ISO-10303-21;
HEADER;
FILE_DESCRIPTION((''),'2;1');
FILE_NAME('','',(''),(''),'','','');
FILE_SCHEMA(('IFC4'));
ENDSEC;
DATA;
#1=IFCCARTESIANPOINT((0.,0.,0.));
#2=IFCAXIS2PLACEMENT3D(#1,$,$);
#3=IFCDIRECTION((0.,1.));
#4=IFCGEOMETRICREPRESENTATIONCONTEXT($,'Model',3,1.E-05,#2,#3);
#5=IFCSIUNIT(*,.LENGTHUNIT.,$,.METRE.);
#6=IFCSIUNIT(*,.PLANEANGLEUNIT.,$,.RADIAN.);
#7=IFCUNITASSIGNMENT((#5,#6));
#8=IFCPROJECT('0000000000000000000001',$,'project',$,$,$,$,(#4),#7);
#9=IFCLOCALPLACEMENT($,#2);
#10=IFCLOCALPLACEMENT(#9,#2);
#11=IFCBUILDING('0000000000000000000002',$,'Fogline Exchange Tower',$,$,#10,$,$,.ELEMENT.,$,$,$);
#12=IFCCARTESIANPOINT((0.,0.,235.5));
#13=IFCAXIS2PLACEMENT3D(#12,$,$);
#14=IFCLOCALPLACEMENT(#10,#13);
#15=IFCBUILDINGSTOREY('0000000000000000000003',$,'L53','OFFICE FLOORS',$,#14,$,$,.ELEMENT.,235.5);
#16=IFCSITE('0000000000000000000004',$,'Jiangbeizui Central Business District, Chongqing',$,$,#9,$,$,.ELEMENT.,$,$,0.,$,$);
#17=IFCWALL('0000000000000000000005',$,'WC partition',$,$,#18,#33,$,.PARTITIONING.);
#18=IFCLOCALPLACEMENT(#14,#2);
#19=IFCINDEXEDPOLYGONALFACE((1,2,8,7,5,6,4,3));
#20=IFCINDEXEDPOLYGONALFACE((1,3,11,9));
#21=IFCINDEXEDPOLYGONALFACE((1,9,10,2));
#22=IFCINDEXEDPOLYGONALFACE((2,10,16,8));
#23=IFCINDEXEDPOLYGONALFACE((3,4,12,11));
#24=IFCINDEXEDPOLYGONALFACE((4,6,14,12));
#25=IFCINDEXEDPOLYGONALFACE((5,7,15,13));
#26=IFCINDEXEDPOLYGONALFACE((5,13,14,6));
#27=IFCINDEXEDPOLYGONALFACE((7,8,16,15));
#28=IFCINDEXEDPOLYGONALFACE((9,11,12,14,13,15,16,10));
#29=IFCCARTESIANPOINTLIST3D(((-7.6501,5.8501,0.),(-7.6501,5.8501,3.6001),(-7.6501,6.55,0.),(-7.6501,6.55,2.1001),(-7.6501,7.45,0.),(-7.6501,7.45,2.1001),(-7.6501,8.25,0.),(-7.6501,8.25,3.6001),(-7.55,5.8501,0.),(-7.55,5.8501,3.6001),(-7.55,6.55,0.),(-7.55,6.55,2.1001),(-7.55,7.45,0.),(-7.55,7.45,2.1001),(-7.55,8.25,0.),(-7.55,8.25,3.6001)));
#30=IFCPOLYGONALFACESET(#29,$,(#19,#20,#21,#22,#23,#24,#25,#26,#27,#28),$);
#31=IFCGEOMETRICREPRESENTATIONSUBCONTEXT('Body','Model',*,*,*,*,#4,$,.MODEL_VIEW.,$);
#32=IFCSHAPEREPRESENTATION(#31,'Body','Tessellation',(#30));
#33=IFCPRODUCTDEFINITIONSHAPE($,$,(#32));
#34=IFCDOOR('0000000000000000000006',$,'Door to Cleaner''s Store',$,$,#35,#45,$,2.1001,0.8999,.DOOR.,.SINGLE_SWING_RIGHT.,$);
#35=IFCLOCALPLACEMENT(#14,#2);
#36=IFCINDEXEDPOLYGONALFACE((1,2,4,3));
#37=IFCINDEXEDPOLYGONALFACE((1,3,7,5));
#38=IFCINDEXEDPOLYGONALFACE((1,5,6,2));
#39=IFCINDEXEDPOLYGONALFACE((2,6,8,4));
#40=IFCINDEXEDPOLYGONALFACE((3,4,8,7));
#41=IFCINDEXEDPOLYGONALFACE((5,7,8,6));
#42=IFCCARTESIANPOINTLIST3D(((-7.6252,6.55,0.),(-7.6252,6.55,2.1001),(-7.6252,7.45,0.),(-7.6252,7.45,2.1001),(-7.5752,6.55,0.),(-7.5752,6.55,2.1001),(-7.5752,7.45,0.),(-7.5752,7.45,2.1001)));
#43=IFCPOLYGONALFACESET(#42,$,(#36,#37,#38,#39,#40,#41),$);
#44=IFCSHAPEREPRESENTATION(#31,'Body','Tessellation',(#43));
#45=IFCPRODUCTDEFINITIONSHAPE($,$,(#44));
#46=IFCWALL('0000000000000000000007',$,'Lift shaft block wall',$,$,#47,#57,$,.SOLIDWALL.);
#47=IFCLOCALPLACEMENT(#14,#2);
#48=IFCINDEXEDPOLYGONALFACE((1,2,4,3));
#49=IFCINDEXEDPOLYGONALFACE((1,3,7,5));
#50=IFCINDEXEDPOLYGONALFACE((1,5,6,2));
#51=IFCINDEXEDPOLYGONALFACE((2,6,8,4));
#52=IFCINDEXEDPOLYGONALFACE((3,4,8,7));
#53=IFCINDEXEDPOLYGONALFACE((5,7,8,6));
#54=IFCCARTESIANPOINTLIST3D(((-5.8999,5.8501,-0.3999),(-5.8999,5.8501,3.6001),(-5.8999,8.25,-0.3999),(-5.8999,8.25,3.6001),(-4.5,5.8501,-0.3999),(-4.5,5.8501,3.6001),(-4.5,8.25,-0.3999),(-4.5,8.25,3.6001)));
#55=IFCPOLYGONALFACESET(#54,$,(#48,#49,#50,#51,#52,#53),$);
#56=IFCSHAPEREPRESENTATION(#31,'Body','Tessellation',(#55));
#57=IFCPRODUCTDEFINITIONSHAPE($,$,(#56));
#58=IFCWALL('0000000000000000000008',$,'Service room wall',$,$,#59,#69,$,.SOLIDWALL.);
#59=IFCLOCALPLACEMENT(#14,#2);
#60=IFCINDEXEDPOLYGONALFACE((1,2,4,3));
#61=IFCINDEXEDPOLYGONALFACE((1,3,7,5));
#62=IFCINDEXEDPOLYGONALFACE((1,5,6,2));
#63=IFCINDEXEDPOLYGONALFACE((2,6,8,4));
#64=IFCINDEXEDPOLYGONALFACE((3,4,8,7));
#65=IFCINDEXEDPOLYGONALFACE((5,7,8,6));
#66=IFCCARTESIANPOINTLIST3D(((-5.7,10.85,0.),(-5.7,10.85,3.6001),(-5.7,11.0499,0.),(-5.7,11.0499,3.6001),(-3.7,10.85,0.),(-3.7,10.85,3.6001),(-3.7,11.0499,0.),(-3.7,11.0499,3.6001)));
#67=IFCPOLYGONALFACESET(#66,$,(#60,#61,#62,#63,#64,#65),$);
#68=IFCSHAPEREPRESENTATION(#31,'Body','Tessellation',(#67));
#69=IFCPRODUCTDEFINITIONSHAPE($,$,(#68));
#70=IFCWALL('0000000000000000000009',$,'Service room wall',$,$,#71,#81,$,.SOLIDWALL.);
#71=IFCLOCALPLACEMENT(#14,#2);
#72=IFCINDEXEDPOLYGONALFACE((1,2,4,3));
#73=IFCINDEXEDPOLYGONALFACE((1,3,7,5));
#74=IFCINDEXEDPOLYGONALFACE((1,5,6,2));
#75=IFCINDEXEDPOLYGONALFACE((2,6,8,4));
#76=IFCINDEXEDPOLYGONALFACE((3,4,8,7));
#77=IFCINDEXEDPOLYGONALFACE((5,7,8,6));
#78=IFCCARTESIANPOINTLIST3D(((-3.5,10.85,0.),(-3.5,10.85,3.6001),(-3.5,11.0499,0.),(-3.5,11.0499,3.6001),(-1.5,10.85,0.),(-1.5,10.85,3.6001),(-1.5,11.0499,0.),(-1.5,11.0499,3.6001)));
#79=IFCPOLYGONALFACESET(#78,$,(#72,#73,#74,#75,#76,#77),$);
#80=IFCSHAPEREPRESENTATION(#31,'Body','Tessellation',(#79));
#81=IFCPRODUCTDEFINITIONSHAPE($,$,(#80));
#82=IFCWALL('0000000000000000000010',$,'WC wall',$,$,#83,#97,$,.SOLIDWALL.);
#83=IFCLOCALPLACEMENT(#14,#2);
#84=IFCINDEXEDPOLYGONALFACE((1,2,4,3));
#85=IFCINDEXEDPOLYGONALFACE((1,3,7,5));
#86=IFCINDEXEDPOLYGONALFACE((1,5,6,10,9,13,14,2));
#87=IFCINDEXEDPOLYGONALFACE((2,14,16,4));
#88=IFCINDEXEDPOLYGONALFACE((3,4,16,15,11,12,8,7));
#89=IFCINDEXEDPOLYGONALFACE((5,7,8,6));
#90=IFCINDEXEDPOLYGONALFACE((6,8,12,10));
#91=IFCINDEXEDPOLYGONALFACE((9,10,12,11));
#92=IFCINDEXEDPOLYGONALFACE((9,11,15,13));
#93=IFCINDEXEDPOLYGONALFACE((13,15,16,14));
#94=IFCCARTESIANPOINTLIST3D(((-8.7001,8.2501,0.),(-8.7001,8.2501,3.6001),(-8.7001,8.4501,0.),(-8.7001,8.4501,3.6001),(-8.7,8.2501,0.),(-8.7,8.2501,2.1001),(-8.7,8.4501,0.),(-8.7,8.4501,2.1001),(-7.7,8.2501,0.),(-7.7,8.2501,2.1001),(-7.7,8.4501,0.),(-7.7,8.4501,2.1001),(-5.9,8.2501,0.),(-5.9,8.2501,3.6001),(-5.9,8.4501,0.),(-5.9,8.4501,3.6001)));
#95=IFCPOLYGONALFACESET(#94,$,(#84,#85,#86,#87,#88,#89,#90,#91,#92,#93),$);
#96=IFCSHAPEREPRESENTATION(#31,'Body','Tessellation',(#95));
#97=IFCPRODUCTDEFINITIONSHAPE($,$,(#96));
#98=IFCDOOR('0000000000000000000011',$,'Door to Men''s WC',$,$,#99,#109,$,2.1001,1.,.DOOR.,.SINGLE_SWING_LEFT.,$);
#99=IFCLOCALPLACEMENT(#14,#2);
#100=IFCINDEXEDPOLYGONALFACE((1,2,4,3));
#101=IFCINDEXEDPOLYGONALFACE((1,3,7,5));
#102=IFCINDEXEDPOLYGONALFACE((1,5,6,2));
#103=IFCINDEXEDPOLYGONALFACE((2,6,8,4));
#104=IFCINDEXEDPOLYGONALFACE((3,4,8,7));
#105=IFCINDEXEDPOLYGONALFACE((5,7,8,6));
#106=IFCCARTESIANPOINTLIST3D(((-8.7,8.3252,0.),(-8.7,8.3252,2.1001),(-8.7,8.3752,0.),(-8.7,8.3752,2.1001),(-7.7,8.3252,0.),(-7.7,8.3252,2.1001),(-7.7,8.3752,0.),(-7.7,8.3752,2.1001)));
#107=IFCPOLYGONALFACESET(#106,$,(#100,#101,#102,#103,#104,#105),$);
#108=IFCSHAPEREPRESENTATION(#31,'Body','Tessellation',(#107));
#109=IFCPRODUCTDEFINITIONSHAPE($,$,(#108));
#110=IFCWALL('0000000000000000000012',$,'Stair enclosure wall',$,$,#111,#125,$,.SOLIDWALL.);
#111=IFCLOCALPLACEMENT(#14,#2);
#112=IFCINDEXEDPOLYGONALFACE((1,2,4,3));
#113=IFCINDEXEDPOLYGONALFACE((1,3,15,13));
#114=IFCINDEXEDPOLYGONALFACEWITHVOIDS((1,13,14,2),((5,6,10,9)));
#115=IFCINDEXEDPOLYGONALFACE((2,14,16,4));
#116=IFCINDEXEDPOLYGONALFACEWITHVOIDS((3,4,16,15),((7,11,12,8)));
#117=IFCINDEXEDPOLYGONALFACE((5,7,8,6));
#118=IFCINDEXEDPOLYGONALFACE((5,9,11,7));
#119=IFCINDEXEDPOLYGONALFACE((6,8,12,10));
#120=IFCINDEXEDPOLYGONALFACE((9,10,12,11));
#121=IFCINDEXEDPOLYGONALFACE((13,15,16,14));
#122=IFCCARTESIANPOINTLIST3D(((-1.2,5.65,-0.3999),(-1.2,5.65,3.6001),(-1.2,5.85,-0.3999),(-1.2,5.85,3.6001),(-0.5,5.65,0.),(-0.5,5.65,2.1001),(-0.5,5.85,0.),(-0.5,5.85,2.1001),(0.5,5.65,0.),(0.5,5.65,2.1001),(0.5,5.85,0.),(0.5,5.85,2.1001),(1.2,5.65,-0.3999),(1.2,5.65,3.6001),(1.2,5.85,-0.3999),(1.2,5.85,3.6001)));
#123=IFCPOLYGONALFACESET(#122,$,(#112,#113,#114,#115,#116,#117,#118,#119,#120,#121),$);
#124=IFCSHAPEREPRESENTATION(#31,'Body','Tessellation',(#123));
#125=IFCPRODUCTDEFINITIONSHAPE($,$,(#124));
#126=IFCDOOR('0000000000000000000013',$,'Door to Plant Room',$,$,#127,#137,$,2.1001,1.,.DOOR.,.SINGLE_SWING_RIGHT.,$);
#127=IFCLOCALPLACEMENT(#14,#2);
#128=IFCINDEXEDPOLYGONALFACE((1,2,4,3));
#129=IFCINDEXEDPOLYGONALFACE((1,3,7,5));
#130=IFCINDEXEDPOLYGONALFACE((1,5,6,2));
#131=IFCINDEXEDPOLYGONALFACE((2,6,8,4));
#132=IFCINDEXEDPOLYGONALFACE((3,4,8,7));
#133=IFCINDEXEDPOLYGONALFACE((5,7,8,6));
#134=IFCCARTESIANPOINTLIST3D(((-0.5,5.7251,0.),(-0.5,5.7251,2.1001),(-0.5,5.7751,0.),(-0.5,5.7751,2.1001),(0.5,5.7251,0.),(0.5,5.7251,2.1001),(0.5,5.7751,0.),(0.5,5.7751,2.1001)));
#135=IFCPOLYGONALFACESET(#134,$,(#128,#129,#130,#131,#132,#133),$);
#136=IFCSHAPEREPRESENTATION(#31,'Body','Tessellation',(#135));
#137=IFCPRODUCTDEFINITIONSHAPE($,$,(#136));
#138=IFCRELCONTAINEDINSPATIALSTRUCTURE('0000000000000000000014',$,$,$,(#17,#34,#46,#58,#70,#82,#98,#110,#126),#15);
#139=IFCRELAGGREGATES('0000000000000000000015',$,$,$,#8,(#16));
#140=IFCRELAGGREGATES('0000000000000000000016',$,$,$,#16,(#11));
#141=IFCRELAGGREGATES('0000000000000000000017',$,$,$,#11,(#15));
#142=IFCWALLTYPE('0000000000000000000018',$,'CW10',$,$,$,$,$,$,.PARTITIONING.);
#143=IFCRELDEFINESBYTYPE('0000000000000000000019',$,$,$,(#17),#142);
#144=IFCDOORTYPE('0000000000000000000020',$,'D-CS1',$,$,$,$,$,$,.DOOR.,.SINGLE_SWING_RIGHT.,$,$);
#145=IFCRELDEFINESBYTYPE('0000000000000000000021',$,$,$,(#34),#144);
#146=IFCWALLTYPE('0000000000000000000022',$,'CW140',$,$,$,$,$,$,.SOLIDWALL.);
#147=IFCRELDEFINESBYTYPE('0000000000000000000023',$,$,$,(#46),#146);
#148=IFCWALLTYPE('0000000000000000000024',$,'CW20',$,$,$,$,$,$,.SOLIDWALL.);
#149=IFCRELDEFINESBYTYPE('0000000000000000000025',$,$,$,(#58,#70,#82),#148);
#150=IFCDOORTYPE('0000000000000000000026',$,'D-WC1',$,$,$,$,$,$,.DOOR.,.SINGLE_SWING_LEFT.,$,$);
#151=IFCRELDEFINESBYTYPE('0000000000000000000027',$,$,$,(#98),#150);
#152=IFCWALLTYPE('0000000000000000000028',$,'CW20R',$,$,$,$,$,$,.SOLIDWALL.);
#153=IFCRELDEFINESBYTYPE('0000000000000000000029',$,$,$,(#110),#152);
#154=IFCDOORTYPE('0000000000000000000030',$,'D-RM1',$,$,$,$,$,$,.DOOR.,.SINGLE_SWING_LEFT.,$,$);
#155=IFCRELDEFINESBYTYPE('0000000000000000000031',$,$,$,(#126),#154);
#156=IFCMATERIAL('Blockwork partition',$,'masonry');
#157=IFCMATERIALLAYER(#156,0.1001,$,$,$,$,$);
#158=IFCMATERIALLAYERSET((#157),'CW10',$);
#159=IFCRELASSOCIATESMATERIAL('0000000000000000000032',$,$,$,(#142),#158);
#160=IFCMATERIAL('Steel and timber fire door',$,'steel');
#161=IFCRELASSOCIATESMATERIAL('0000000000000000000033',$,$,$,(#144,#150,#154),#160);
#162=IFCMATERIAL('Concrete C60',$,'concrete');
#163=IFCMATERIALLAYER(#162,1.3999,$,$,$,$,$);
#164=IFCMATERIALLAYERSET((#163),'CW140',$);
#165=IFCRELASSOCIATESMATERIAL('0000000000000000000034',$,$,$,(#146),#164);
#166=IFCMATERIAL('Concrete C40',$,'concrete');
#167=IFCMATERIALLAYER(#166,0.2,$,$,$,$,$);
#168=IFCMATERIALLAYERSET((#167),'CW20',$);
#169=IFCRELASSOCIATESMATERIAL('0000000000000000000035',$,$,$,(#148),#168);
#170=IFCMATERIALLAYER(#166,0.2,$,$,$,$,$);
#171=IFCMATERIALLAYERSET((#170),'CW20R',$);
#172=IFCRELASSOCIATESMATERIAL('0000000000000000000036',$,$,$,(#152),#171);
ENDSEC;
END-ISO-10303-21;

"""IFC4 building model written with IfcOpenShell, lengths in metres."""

from ifc_helpers import new_model, si_unit, direction, frame, frame_2d, origin, place, context, subcontext, project, spatial, rectangle, extrude, material, layer, layer_set, type_object, element, fill, save


model = new_model("IFC4")

# Units and contexts
model_context = context("Model", 3, precision=1e-05, world=origin(), true_north=direction((0.0, 1.0)))
body_context = subcontext(model_context, "Body", "Model", "MODEL_VIEW")
ifc_project = project(units=[si_unit("LENGTHUNIT", "METRE"), si_unit("PLANEANGLEUNIT", "RADIAN")], contexts=[model_context])

# Site, building, storey
site_placement = place(None, origin())
site = spatial("IfcSite", under=ifc_project, at=site_placement, Name="Jiangbeizui Central Business District, Chongqing", CompositionType="ELEMENT", RefElevation=0.0)
building_placement = place(site_placement, origin())
building = spatial("IfcBuilding", under=site, at=building_placement, Name="Fogline Exchange Tower", CompositionType="ELEMENT")
storey_placement = place(building_placement, frame((0.0, 0.0, 235.5)))
storey = spatial("IfcBuildingStorey", under=building, at=storey_placement, Name="L53", Description="OFFICE FLOORS", CompositionType="ELEMENT", Elevation=235.5)

# Wall, opening, door
ifc_material_1 = material(Name="Blockwork partition", Category="masonry")
ifc_layer_1 = layer(ifc_material_1, 0.1001)
ifc_layer_set_1 = layer_set([ifc_layer_1], Name="CW10")
wall_type_1 = type_object("IfcWallType", Name="CW10", PredefinedType="PARTITIONING", material=ifc_layer_set_1)
wall_1_placement = place(storey_placement, frame((-7.6001, 5.8501, 0.0), z_axis=(0.0, 0.0, 1.0), x_axis=(0.0, 1.0, 0.0)))
wall_1 = element("IfcWall", 1, at=wall_1_placement, inside=storey, type_object=wall_type_1, Name="WC partition", PredefinedType="PARTITIONING", context=body_context, shape_type="SweptSolid", body=[
    extrude(rectangle(XDim=2.3999, YDim=0.1001, at=frame_2d((1.2, 0.0))), origin(), (0.0, 0.0, 1.0), 3.6001),
])
opening_1_placement = place(wall_1_placement, frame((0.7, 0.0, 0.0)))
opening_1 = element("IfcOpeningElement", 2, at=opening_1_placement, cuts=wall_1, PredefinedType="OPENING", context=body_context, shape_type="SweptSolid", body=[
    extrude(rectangle(XDim=0.8999, YDim=2.1001, at=frame_2d((0.45, 1.05))), frame((0.0, 0.0601, 0.0), z_axis=(0.0, -1.0, 0.0), x_axis=(1.0, 0.0, 0.0)), (0.0, 0.0, 1.0), 0.1201),
])
ifc_material_2 = material(Name="Steel and timber fire door", Category="steel")
door_type_1 = type_object("IfcDoorType", Name="D-CS1", OperationType="SINGLE_SWING_RIGHT", PredefinedType="DOOR", material=ifc_material_2)
door_1_placement = place(opening_1_placement, frame((0.8999, 0.0, 0.0), z_axis=(0.0, 0.0, 1.0), x_axis=(-1.0, 0.0, 0.0)))
door_1 = element("IfcDoor", 3, at=door_1_placement, inside=storey, type_object=door_type_1, Name="Door to Cleaner's Store", OperationType="SINGLE_SWING_RIGHT", OverallHeight=2.1001, OverallWidth=0.8999, PredefinedType="DOOR", context=body_context, shape_type="SweptSolid", body=[
    extrude(rectangle(XDim=0.8999, YDim=2.1001, at=frame_2d((0.45, 1.05))), frame((0.0, 0.0249, 0.0), z_axis=(0.0, -1.0, 0.0), x_axis=(1.0, 0.0, 0.0)), (0.0, 0.0, 1.0), 0.05),
])
fill(opening_1, door_1)

# Walls
ifc_material_3 = material(Name="Concrete C60", Category="concrete")
ifc_layer_2 = layer(ifc_material_3, 1.3999)
ifc_layer_set_2 = layer_set([ifc_layer_2], Name="CW140")
wall_type_2 = type_object("IfcWallType", Name="CW140", PredefinedType="SOLIDWALL", material=ifc_layer_set_2)
wall_2_placement = place(storey_placement, frame((-5.2, 5.8501, -0.3999), z_axis=(0.0, 0.0, 1.0), x_axis=(0.0, 1.0, 0.0)))
element("IfcWall", 4, at=wall_2_placement, inside=storey, type_object=wall_type_2, Name="Lift shaft block wall", PredefinedType="SOLIDWALL", context=body_context, shape_type="SweptSolid", body=[
    extrude(rectangle(XDim=2.3999, YDim=1.3999, at=frame_2d((1.2, 0.0))), origin(), (0.0, 0.0, 1.0), 4.0),
])
ifc_material_4 = material(Name="Concrete C40", Category="concrete")
ifc_layer_3 = layer(ifc_material_4, 0.2)
ifc_layer_set_3 = layer_set([ifc_layer_3], Name="CW20")
wall_type_3 = type_object("IfcWallType", Name="CW20", PredefinedType="SOLIDWALL", material=ifc_layer_set_3)
for number, where, z_axis, x_axis, name in (
    (5, (-5.7, 10.95, 0.0), (0.0, 0.0, 1.0), (1.0, 0.0, 0.0), "Service room wall"),
    (6, (-3.5, 10.95, 0.0), (0.0, 0.0, 1.0), (1.0, 0.0, 0.0), "Service room wall"),
):
    element("IfcWall", number, at=place(storey_placement, frame(where, z_axis=z_axis, x_axis=x_axis)), inside=storey, type_object=wall_type_3, Name=name, PredefinedType="SOLIDWALL", context=body_context, shape_type="SweptSolid", body=[
        extrude(rectangle(XDim=2.0, YDim=0.2, at=frame_2d((1.0, 0.0))), origin(), (0.0, 0.0, 1.0), 3.6001),
    ])

# Walls, openings, doors
wall_3_placement = place(storey_placement, frame((-8.7, 8.3501, 0.0), z_axis=(0.0, 0.0, 1.0), x_axis=(1.0, 0.0, 0.0)))
wall_3 = element("IfcWall", 7, at=wall_3_placement, inside=storey, type_object=wall_type_3, Name="WC wall", PredefinedType="SOLIDWALL", context=body_context, shape_type="SweptSolid", body=[
    extrude(rectangle(XDim=2.8, YDim=0.2, at=frame_2d((1.3999, 0.0))), origin(), (0.0, 0.0, 1.0), 3.6001),
])
opening_2_placement = place(wall_3_placement, origin())
opening_2 = element("IfcOpeningElement", 8, at=opening_2_placement, cuts=wall_3, PredefinedType="OPENING", context=body_context, shape_type="SweptSolid", body=[
    extrude(rectangle(XDim=1.0, YDim=2.1001, at=frame_2d((0.5, 1.05))), frame((0.0, 0.1099, 0.0), z_axis=(0.0, -1.0, 0.0), x_axis=(1.0, 0.0, 0.0)), (0.0, 0.0, 1.0), 0.22),
])
door_type_2 = type_object("IfcDoorType", Name="D-WC1", OperationType="SINGLE_SWING_LEFT", PredefinedType="DOOR", material=ifc_material_2)
door_2_placement = place(opening_2_placement, frame((1.0, 0.0, 0.0), z_axis=(0.0, 0.0, 1.0), x_axis=(-1.0, 0.0, 0.0)))
door_2 = element("IfcDoor", 9, at=door_2_placement, inside=storey, type_object=door_type_2, Name="Door to Men's WC", OperationType="SINGLE_SWING_LEFT", OverallHeight=2.1001, OverallWidth=1.0, PredefinedType="DOOR", context=body_context, shape_type="SweptSolid", body=[
    extrude(rectangle(XDim=1.0, YDim=2.1001, at=frame_2d((0.5, 1.05))), frame((0.0, 0.0249, 0.0), z_axis=(0.0, -1.0, 0.0), x_axis=(1.0, 0.0, 0.0)), (0.0, 0.0, 1.0), 0.05),
])
fill(opening_2, door_2)
ifc_layer_4 = layer(ifc_material_4, 0.2)
ifc_layer_set_4 = layer_set([ifc_layer_4], Name="CW20R")
wall_type_4 = type_object("IfcWallType", Name="CW20R", PredefinedType="SOLIDWALL", material=ifc_layer_set_4)
wall_4_placement = place(storey_placement, frame((-1.2, 5.75, -0.3999), z_axis=(0.0, 0.0, 1.0), x_axis=(1.0, 0.0, 0.0)))
wall_4 = element("IfcWall", 10, at=wall_4_placement, inside=storey, type_object=wall_type_4, Name="Stair enclosure wall", PredefinedType="SOLIDWALL", context=body_context, shape_type="SweptSolid", body=[
    extrude(rectangle(XDim=2.3999, YDim=0.2, at=frame_2d((1.2, 0.0))), origin(), (0.0, 0.0, 1.0), 4.0),
])
opening_3_placement = place(wall_4_placement, frame((0.7, 0.0, 0.3999)))
opening_3 = element("IfcOpeningElement", 11, at=opening_3_placement, cuts=wall_4, PredefinedType="OPENING", context=body_context, shape_type="SweptSolid", body=[
    extrude(rectangle(XDim=1.0, YDim=2.1001, at=frame_2d((0.5, 1.05))), frame((0.0, 0.1099, 0.0), z_axis=(0.0, -1.0, 0.0), x_axis=(1.0, 0.0, 0.0)), (0.0, 0.0, 1.0), 0.22),
])
door_type_3 = type_object("IfcDoorType", Name="D-RM1", OperationType="SINGLE_SWING_LEFT", PredefinedType="DOOR", material=ifc_material_2)
door_3_placement = place(opening_3_placement, frame((1.0, 0.0, 0.0), z_axis=(0.0, 0.0, 1.0), x_axis=(-1.0, 0.0, 0.0)))
door_3 = element("IfcDoor", 12, at=door_3_placement, inside=storey, type_object=door_type_3, Name="Door to Plant Room", OperationType="SINGLE_SWING_RIGHT", OverallHeight=2.1001, OverallWidth=1.0, PredefinedType="DOOR", context=body_context, shape_type="SweptSolid", body=[
    extrude(rectangle(XDim=1.0, YDim=2.1001, at=frame_2d((0.5, 1.05))), frame((0.0, 0.0249, 0.0), z_axis=(0.0, -1.0, 0.0), x_axis=(1.0, 0.0, 0.0)), (0.0, 0.0, 1.0), 0.05),
])
fill(opening_3, door_3)

save(model, "model.ifc")
